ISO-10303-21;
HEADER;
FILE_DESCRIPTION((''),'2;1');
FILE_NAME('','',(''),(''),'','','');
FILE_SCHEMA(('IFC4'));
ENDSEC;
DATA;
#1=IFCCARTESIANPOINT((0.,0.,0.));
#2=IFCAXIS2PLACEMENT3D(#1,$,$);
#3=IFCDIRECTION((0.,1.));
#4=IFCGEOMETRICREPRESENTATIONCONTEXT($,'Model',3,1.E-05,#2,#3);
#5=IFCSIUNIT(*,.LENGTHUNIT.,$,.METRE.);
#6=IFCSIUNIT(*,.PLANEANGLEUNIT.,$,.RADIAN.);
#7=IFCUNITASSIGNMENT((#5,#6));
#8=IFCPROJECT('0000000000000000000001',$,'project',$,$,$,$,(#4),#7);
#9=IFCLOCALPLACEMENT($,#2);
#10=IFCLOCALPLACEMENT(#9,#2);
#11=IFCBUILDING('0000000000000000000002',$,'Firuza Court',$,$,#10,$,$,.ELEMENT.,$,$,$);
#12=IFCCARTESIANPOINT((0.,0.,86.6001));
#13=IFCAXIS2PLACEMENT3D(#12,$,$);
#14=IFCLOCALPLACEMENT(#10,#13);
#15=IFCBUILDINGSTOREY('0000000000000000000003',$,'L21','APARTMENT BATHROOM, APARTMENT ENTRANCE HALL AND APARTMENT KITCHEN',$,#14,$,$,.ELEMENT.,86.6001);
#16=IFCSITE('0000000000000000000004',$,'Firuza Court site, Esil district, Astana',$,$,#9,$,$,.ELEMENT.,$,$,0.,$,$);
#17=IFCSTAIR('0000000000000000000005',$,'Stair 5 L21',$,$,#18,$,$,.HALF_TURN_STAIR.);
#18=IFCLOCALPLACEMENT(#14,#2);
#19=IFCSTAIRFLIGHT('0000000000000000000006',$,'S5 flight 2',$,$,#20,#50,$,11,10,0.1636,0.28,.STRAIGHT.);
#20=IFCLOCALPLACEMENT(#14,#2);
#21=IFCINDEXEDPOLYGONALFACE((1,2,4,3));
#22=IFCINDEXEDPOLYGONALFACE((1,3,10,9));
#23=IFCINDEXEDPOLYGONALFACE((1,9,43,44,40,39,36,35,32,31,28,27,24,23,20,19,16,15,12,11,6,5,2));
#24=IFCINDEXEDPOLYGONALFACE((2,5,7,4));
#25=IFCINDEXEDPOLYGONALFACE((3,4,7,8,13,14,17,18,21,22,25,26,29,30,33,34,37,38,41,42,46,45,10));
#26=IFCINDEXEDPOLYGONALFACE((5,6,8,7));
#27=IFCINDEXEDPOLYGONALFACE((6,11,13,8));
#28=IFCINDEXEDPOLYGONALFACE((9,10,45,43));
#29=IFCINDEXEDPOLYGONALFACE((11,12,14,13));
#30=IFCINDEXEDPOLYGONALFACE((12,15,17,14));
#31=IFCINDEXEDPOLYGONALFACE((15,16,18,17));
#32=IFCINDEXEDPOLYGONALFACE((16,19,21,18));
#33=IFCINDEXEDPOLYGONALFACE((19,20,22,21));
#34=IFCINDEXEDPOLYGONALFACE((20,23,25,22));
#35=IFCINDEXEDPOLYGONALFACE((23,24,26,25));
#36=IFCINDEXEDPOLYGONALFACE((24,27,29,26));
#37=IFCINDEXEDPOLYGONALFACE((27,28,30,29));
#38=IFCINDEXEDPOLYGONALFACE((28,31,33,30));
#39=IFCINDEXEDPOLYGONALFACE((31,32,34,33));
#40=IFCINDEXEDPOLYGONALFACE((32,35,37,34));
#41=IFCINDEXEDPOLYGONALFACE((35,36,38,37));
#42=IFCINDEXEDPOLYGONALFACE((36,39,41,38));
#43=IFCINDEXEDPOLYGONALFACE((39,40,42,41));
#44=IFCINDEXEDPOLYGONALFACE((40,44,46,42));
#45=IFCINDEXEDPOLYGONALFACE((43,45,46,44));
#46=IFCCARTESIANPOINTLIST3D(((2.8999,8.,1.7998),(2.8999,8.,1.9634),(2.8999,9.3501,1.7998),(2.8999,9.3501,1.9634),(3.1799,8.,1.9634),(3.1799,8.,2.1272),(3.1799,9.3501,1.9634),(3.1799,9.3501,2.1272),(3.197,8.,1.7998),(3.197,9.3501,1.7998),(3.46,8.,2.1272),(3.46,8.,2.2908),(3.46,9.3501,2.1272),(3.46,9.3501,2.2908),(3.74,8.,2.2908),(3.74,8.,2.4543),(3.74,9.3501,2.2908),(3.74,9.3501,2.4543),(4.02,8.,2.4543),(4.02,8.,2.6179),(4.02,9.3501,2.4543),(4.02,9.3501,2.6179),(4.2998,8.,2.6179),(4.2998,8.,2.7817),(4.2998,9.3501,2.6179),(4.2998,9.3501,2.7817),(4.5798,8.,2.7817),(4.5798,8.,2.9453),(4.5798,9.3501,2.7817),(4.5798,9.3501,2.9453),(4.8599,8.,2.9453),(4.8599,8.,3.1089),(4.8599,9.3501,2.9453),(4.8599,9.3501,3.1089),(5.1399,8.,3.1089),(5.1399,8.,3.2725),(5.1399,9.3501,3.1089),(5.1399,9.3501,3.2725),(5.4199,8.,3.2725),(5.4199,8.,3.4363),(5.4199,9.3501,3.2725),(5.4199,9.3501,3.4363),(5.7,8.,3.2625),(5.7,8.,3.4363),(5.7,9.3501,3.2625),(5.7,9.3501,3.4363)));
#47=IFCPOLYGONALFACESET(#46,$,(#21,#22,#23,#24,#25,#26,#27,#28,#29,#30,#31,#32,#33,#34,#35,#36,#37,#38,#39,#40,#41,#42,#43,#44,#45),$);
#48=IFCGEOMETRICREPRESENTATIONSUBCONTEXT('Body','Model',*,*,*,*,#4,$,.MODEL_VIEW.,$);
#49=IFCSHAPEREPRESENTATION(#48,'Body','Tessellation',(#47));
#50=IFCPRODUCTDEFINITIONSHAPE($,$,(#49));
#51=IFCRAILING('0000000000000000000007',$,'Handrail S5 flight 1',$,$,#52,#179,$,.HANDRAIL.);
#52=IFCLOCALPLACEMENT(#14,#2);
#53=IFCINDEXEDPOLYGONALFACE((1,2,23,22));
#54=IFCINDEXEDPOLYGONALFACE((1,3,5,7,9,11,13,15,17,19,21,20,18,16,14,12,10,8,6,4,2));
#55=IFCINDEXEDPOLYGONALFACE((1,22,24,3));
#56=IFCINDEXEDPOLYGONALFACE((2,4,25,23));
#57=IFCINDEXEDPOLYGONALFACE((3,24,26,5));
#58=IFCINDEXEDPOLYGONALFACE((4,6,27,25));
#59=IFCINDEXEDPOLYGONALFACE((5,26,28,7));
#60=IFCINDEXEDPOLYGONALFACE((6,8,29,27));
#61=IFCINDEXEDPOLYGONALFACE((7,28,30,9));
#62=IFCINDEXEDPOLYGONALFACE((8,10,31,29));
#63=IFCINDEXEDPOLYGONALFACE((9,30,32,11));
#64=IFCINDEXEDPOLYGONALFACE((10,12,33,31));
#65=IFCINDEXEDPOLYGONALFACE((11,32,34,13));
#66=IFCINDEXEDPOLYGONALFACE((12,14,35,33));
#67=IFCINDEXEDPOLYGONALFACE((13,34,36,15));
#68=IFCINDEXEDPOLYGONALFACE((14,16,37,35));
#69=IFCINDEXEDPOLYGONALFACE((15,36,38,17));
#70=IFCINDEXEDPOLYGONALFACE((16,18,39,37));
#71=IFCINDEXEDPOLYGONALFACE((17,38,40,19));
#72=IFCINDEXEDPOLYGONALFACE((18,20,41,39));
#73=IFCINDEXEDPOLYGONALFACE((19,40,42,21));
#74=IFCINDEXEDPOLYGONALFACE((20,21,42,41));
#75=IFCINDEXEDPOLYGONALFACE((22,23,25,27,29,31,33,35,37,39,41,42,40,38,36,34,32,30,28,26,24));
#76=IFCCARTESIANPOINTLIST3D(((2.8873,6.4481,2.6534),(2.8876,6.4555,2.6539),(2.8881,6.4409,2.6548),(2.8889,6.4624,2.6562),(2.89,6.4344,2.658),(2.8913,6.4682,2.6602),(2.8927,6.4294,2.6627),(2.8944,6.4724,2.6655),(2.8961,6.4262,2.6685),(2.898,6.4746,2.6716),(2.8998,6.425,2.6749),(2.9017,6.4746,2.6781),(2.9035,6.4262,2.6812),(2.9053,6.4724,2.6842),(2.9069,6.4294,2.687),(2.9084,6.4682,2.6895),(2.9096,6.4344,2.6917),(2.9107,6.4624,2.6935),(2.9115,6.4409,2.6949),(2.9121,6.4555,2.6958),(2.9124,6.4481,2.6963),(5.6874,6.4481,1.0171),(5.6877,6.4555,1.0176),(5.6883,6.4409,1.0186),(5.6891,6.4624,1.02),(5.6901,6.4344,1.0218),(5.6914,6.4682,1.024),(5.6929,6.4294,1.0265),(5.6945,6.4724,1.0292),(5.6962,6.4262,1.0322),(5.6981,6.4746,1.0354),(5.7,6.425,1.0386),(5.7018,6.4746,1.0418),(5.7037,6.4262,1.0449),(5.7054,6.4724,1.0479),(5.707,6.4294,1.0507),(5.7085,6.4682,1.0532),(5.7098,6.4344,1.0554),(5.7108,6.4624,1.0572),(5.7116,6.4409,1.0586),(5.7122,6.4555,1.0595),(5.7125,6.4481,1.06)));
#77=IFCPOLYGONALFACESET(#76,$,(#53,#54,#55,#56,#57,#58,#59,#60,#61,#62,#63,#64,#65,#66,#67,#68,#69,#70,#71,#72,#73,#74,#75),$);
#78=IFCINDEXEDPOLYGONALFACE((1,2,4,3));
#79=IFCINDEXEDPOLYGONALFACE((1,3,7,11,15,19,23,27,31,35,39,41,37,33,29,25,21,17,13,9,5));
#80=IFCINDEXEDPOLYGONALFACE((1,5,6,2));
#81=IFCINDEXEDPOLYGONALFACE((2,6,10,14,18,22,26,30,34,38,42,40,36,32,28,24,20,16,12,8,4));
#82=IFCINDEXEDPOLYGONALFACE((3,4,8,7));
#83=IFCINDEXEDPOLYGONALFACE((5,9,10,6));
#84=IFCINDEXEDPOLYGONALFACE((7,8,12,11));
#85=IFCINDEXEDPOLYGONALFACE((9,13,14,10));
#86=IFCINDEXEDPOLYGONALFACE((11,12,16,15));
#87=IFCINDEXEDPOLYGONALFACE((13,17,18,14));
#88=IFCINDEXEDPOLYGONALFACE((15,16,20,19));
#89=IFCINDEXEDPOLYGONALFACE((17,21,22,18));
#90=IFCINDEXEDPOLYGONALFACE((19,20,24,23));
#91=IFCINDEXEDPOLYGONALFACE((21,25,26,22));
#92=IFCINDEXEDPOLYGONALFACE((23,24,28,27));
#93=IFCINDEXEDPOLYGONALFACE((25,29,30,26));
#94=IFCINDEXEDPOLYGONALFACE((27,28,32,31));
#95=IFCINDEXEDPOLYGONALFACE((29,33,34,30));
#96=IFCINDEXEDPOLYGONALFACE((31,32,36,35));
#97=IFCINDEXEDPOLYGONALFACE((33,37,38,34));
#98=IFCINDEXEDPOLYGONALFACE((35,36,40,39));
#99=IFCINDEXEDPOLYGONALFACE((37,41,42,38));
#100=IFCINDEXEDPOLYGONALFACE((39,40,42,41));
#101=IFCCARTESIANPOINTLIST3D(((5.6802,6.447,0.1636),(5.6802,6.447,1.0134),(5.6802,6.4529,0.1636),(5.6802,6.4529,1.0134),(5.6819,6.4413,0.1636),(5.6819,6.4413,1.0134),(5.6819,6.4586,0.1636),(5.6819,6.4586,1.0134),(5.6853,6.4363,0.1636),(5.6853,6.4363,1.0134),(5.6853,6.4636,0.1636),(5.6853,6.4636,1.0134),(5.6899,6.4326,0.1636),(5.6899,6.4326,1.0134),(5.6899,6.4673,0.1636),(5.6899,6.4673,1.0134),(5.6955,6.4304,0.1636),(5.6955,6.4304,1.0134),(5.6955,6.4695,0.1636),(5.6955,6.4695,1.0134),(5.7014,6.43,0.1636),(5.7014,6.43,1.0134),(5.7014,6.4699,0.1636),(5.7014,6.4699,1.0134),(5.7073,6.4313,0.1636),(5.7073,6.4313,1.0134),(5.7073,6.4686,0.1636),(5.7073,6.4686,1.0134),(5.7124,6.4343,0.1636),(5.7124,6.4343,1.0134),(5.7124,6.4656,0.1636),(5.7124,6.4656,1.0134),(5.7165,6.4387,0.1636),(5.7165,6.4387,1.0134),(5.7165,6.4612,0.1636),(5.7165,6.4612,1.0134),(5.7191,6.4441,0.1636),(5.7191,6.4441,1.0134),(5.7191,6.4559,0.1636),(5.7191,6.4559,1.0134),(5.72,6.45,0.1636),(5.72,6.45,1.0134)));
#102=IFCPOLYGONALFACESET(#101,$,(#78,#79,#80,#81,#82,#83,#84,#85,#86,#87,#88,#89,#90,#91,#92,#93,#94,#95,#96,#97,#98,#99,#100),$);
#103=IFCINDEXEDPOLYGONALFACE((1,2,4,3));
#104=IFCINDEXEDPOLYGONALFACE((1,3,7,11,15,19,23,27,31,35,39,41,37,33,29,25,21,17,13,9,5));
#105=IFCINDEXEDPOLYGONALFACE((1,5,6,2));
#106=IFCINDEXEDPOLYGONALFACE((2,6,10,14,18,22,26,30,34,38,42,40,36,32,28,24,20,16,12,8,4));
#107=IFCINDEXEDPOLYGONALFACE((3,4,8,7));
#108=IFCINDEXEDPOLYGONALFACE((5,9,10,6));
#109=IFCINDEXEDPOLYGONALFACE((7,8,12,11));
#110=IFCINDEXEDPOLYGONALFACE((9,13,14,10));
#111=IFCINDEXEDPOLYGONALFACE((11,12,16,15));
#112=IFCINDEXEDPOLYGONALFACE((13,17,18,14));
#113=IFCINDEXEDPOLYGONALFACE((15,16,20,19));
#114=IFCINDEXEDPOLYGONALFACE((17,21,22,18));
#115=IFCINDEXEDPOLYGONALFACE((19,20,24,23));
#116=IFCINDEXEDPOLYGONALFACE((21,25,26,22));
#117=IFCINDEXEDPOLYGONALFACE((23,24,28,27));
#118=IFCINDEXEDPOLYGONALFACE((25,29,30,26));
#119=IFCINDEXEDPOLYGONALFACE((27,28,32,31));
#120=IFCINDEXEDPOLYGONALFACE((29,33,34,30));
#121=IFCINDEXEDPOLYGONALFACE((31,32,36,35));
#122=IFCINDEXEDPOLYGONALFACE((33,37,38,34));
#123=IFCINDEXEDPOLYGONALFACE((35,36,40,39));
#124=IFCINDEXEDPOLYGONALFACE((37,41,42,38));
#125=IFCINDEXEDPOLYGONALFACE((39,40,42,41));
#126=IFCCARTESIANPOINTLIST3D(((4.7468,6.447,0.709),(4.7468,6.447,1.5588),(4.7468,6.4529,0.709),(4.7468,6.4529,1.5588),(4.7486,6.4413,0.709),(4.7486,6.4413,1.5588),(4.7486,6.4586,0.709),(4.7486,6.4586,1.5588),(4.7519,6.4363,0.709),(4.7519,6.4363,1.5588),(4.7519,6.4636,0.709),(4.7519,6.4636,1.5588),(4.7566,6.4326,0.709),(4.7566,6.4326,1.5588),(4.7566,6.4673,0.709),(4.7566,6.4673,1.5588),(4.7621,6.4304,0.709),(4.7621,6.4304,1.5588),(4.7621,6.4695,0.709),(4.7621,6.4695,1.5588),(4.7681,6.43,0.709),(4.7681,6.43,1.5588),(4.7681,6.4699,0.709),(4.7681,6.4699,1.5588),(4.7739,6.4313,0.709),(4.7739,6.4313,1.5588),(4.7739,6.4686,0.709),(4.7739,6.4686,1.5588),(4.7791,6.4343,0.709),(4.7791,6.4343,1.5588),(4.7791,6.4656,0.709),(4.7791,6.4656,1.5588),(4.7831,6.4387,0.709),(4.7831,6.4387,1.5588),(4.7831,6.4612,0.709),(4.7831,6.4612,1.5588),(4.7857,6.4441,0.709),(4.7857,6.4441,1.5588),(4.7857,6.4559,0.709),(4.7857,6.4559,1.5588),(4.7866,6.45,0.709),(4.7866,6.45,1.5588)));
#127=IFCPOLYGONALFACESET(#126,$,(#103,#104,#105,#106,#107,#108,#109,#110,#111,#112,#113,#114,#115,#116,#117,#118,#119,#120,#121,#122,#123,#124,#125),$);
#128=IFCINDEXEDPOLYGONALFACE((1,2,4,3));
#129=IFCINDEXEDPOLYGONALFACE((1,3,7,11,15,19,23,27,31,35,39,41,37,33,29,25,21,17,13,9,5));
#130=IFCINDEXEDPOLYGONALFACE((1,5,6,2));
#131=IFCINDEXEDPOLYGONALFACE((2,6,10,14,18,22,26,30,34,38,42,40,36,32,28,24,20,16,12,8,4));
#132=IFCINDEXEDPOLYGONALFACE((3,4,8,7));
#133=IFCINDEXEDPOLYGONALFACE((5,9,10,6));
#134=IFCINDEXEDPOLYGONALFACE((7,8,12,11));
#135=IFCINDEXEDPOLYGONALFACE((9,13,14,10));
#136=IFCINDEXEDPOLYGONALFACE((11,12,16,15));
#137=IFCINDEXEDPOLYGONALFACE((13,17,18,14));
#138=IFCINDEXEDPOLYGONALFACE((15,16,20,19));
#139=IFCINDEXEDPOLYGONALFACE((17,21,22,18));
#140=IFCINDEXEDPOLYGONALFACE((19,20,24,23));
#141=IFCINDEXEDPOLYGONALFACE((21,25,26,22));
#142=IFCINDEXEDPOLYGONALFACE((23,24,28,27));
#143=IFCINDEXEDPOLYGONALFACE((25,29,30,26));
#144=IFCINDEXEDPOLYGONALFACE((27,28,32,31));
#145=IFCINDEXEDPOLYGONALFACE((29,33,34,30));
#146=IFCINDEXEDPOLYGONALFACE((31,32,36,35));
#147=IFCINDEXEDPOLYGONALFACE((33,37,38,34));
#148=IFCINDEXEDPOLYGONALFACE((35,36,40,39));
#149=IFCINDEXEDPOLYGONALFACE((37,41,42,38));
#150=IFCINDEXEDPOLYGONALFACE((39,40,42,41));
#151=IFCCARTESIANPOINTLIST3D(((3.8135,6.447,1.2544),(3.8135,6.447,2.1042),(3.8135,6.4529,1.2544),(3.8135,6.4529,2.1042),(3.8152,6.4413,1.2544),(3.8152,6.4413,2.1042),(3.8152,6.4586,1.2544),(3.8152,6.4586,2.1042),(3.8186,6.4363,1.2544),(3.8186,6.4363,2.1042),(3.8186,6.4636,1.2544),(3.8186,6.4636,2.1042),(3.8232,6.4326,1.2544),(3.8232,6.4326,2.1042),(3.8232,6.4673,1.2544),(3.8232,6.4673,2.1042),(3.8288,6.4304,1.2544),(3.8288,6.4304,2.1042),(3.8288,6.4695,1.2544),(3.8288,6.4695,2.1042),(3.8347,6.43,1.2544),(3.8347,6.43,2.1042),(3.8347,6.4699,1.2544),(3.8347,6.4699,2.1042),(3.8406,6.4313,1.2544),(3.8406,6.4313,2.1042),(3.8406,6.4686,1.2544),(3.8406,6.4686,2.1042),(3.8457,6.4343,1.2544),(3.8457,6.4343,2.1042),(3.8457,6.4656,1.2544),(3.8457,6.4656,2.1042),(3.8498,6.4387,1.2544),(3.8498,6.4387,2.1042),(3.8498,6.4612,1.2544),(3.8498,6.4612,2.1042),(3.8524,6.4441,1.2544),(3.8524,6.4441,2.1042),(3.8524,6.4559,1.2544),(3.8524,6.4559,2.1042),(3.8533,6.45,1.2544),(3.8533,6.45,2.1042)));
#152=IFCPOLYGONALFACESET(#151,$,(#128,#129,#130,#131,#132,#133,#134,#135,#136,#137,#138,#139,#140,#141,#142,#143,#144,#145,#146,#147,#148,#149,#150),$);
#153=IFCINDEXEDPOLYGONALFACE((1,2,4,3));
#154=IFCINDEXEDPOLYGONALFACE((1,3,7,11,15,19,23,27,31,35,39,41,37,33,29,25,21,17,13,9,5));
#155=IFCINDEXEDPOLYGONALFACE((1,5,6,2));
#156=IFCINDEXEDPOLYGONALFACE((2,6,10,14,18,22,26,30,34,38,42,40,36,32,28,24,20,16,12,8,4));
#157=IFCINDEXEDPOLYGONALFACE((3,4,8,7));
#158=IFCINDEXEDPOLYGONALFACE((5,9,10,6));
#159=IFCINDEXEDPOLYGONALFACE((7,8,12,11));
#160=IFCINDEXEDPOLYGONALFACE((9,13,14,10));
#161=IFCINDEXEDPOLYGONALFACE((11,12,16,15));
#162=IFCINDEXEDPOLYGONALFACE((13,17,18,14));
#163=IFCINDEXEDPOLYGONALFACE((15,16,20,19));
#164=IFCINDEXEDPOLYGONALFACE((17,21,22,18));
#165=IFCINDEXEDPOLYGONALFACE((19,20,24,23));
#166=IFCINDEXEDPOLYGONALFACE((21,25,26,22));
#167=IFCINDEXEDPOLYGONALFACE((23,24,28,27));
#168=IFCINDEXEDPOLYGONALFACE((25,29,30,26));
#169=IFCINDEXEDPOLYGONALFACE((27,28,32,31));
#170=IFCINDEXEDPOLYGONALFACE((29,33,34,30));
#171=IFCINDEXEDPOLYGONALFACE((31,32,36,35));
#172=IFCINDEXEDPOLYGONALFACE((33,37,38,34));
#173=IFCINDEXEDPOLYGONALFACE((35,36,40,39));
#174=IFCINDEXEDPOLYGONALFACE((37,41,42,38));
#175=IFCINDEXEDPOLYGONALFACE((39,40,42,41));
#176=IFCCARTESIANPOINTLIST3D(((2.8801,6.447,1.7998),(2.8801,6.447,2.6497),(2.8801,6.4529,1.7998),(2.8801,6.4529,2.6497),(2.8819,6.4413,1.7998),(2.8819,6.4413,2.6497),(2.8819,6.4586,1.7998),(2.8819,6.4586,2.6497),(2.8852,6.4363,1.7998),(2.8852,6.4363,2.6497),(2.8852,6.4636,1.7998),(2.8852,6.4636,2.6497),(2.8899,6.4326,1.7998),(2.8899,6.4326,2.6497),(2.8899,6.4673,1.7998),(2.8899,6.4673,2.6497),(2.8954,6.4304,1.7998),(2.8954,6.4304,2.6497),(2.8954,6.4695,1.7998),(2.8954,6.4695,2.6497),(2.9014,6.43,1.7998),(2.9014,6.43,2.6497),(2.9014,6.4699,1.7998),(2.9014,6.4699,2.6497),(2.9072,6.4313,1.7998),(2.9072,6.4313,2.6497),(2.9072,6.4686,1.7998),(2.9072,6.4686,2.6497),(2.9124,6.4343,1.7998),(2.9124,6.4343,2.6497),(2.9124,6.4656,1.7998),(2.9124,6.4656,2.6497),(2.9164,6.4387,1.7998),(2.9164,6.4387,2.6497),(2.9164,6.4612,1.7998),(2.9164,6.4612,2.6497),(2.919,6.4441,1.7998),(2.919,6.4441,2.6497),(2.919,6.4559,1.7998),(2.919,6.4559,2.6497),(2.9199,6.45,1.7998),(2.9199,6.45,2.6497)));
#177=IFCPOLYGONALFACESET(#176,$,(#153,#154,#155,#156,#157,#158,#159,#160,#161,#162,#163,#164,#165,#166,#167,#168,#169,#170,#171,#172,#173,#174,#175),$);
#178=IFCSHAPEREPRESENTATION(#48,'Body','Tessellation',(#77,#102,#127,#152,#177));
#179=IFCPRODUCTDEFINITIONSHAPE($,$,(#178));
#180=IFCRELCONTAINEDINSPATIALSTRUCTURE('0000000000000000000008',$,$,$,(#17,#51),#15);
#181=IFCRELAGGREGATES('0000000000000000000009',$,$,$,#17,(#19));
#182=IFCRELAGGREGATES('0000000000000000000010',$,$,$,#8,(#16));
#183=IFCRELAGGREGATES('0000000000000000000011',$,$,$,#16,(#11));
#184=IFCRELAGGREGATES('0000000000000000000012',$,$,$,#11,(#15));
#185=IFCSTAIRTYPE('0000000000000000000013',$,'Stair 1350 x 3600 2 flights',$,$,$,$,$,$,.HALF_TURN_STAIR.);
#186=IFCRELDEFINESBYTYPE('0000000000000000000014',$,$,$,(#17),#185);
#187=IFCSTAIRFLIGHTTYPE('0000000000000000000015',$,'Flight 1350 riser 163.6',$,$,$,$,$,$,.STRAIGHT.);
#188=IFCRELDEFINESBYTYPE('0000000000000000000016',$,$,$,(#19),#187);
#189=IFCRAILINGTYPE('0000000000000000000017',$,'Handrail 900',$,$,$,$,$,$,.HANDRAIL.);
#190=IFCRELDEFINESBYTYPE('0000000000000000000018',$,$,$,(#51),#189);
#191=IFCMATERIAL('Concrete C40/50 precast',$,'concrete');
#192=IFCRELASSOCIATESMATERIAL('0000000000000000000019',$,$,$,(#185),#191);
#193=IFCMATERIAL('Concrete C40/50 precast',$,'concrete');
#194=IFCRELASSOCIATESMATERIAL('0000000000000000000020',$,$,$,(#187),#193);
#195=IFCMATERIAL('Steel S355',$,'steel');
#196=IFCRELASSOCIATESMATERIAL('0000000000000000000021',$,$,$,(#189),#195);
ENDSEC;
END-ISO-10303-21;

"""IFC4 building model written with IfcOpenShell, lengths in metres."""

from ifc_helpers import new_model, si_unit, direction, frame, origin, origin_2d, place, context, subcontext, project, spatial, polyline, circle, outline, extrude, material, type_object, element, aggregate, save


model = new_model("IFC4")

# Units and contexts
model_context = context("Model", 3, precision=1e-05, world=origin(), true_north=direction((0.0, 1.0)))
body_context = subcontext(model_context, "Body", "Model", "MODEL_VIEW")
ifc_project = project(units=[si_unit("LENGTHUNIT", "METRE"), si_unit("PLANEANGLEUNIT", "RADIAN")], contexts=[model_context])

# Site, building, storey
site_placement = place(None, origin())
site = spatial("IfcSite", under=ifc_project, at=site_placement, Name="Firuza Court site, Esil district, Astana", CompositionType="ELEMENT", RefElevation=0.0)
building_placement = place(site_placement, origin())
building = spatial("IfcBuilding", under=site, at=building_placement, Name="Firuza Court", CompositionType="ELEMENT")
storey_placement = place(building_placement, frame((0.0, 0.0, 86.6001)))
storey = spatial("IfcBuildingStorey", under=building, at=storey_placement, Name="L21", Description="APARTMENT BATHROOM, APARTMENT ENTRANCE HALL AND APARTMENT KITCHEN", CompositionType="ELEMENT", Elevation=86.6001)

# Stair, stair flight
ifc_material_1 = material(Name="Concrete C40/50 precast", Category="concrete")
stair_type = type_object("IfcStairType", Name="Stair 1350 x 3600 2 flights", PredefinedType="HALF_TURN_STAIR", material=ifc_material_1)
stair_placement = place(storey_placement, origin())
stair = element("IfcStair", 1, at=stair_placement, inside=storey, type_object=stair_type, Name="Stair 5 L21", PredefinedType="HALF_TURN_STAIR")
ifc_material_2 = material(Name="Concrete C40/50 precast", Category="concrete")
stair_flight_type = type_object("IfcStairFlightType", Name="Flight 1350 riser 163.6", PredefinedType="STRAIGHT", material=ifc_material_2)
stair_flight_1_placement = place(storey_placement, frame((2.8999, 8.675, 1.7998), z_axis=(0.0, 0.0, 1.0), x_axis=(1.0, 0.0, 0.0)))
stair_flight_1 = element("IfcStairFlight", 2, at=stair_flight_1_placement, type_object=stair_flight_type, Name="S5 flight 2", NumberOfRisers=11, NumberOfTreads=10, PredefinedType="STRAIGHT", RiserHeight=0.1636, TreadLength=0.28, context=body_context, shape_type="SweptSolid", body=[
    extrude(outline(polyline([(0.0, 0.0), (0.0, 0.1636), (0.28, 0.1636), (0.28, 0.3274), (0.5601, 0.3274), (0.5601, 0.491), (0.8401, 0.491), (0.8401, 0.6545), (1.1201, 0.6545), (1.1201, 0.8181), (1.3999, 0.8181), (1.3999, 0.9819), (1.6799, 0.9819), (1.6799, 1.1455), (1.96, 1.1455), (1.96, 1.3091), (2.24, 1.3091), (2.24, 1.4727), (2.52, 1.4727), (2.52, 1.6365), (2.8, 1.6365), (2.8, 1.8), (2.8, 1.4626), (0.2971, 0.0), (0.0, 0.0)])), frame((0.0, 0.675, 0.0), z_axis=(0.0, -1.0, 0.0), x_axis=(1.0, 0.0, 0.0)), (0.0, 0.0, 1.0), 1.3501),
])
aggregate(stair, [stair_flight_1])

# Railing
ifc_material_3 = material(Name="Steel S355", Category="steel")
railing_type_1 = type_object("IfcRailingType", Name="Handrail 900", PredefinedType="HANDRAIL", material=ifc_material_3)
railing_1_placement = place(storey_placement, frame((5.7, 6.45, 0.1636)))
element("IfcRailing", 3, at=railing_1_placement, inside=storey, type_object=railing_type_1, Name="Handrail S5 flight 1", PredefinedType="HANDRAIL", context=body_context, shape_type="SweptSolid", body=[
    extrude(circle(Radius=0.0249, at=origin_2d()), frame((0.0, 0.0, 0.875), z_axis=(-0.863394, 0.0, 0.504531), x_axis=(0.0, -1.0, 0.0)), (0.0, 0.0, 1.0), 3.2432),
    extrude(circle(Radius=0.02, at=origin_2d()), origin(), (0.0, 0.0, 1.0), 0.8499),
    extrude(circle(Radius=0.02, at=origin_2d()), frame((-0.9333, 0.0, 0.5454)), (0.0, 0.0, 1.0), 0.8499),
    extrude(circle(Radius=0.02, at=origin_2d()), frame((-1.8667, 0.0, 1.0908)), (0.0, 0.0, 1.0), 0.8499),
    extrude(circle(Radius=0.02, at=origin_2d()), frame((-2.8, 0.0, 1.6362)), (0.0, 0.0, 1.0), 0.8499),
])

save(model, "model.ifc")
